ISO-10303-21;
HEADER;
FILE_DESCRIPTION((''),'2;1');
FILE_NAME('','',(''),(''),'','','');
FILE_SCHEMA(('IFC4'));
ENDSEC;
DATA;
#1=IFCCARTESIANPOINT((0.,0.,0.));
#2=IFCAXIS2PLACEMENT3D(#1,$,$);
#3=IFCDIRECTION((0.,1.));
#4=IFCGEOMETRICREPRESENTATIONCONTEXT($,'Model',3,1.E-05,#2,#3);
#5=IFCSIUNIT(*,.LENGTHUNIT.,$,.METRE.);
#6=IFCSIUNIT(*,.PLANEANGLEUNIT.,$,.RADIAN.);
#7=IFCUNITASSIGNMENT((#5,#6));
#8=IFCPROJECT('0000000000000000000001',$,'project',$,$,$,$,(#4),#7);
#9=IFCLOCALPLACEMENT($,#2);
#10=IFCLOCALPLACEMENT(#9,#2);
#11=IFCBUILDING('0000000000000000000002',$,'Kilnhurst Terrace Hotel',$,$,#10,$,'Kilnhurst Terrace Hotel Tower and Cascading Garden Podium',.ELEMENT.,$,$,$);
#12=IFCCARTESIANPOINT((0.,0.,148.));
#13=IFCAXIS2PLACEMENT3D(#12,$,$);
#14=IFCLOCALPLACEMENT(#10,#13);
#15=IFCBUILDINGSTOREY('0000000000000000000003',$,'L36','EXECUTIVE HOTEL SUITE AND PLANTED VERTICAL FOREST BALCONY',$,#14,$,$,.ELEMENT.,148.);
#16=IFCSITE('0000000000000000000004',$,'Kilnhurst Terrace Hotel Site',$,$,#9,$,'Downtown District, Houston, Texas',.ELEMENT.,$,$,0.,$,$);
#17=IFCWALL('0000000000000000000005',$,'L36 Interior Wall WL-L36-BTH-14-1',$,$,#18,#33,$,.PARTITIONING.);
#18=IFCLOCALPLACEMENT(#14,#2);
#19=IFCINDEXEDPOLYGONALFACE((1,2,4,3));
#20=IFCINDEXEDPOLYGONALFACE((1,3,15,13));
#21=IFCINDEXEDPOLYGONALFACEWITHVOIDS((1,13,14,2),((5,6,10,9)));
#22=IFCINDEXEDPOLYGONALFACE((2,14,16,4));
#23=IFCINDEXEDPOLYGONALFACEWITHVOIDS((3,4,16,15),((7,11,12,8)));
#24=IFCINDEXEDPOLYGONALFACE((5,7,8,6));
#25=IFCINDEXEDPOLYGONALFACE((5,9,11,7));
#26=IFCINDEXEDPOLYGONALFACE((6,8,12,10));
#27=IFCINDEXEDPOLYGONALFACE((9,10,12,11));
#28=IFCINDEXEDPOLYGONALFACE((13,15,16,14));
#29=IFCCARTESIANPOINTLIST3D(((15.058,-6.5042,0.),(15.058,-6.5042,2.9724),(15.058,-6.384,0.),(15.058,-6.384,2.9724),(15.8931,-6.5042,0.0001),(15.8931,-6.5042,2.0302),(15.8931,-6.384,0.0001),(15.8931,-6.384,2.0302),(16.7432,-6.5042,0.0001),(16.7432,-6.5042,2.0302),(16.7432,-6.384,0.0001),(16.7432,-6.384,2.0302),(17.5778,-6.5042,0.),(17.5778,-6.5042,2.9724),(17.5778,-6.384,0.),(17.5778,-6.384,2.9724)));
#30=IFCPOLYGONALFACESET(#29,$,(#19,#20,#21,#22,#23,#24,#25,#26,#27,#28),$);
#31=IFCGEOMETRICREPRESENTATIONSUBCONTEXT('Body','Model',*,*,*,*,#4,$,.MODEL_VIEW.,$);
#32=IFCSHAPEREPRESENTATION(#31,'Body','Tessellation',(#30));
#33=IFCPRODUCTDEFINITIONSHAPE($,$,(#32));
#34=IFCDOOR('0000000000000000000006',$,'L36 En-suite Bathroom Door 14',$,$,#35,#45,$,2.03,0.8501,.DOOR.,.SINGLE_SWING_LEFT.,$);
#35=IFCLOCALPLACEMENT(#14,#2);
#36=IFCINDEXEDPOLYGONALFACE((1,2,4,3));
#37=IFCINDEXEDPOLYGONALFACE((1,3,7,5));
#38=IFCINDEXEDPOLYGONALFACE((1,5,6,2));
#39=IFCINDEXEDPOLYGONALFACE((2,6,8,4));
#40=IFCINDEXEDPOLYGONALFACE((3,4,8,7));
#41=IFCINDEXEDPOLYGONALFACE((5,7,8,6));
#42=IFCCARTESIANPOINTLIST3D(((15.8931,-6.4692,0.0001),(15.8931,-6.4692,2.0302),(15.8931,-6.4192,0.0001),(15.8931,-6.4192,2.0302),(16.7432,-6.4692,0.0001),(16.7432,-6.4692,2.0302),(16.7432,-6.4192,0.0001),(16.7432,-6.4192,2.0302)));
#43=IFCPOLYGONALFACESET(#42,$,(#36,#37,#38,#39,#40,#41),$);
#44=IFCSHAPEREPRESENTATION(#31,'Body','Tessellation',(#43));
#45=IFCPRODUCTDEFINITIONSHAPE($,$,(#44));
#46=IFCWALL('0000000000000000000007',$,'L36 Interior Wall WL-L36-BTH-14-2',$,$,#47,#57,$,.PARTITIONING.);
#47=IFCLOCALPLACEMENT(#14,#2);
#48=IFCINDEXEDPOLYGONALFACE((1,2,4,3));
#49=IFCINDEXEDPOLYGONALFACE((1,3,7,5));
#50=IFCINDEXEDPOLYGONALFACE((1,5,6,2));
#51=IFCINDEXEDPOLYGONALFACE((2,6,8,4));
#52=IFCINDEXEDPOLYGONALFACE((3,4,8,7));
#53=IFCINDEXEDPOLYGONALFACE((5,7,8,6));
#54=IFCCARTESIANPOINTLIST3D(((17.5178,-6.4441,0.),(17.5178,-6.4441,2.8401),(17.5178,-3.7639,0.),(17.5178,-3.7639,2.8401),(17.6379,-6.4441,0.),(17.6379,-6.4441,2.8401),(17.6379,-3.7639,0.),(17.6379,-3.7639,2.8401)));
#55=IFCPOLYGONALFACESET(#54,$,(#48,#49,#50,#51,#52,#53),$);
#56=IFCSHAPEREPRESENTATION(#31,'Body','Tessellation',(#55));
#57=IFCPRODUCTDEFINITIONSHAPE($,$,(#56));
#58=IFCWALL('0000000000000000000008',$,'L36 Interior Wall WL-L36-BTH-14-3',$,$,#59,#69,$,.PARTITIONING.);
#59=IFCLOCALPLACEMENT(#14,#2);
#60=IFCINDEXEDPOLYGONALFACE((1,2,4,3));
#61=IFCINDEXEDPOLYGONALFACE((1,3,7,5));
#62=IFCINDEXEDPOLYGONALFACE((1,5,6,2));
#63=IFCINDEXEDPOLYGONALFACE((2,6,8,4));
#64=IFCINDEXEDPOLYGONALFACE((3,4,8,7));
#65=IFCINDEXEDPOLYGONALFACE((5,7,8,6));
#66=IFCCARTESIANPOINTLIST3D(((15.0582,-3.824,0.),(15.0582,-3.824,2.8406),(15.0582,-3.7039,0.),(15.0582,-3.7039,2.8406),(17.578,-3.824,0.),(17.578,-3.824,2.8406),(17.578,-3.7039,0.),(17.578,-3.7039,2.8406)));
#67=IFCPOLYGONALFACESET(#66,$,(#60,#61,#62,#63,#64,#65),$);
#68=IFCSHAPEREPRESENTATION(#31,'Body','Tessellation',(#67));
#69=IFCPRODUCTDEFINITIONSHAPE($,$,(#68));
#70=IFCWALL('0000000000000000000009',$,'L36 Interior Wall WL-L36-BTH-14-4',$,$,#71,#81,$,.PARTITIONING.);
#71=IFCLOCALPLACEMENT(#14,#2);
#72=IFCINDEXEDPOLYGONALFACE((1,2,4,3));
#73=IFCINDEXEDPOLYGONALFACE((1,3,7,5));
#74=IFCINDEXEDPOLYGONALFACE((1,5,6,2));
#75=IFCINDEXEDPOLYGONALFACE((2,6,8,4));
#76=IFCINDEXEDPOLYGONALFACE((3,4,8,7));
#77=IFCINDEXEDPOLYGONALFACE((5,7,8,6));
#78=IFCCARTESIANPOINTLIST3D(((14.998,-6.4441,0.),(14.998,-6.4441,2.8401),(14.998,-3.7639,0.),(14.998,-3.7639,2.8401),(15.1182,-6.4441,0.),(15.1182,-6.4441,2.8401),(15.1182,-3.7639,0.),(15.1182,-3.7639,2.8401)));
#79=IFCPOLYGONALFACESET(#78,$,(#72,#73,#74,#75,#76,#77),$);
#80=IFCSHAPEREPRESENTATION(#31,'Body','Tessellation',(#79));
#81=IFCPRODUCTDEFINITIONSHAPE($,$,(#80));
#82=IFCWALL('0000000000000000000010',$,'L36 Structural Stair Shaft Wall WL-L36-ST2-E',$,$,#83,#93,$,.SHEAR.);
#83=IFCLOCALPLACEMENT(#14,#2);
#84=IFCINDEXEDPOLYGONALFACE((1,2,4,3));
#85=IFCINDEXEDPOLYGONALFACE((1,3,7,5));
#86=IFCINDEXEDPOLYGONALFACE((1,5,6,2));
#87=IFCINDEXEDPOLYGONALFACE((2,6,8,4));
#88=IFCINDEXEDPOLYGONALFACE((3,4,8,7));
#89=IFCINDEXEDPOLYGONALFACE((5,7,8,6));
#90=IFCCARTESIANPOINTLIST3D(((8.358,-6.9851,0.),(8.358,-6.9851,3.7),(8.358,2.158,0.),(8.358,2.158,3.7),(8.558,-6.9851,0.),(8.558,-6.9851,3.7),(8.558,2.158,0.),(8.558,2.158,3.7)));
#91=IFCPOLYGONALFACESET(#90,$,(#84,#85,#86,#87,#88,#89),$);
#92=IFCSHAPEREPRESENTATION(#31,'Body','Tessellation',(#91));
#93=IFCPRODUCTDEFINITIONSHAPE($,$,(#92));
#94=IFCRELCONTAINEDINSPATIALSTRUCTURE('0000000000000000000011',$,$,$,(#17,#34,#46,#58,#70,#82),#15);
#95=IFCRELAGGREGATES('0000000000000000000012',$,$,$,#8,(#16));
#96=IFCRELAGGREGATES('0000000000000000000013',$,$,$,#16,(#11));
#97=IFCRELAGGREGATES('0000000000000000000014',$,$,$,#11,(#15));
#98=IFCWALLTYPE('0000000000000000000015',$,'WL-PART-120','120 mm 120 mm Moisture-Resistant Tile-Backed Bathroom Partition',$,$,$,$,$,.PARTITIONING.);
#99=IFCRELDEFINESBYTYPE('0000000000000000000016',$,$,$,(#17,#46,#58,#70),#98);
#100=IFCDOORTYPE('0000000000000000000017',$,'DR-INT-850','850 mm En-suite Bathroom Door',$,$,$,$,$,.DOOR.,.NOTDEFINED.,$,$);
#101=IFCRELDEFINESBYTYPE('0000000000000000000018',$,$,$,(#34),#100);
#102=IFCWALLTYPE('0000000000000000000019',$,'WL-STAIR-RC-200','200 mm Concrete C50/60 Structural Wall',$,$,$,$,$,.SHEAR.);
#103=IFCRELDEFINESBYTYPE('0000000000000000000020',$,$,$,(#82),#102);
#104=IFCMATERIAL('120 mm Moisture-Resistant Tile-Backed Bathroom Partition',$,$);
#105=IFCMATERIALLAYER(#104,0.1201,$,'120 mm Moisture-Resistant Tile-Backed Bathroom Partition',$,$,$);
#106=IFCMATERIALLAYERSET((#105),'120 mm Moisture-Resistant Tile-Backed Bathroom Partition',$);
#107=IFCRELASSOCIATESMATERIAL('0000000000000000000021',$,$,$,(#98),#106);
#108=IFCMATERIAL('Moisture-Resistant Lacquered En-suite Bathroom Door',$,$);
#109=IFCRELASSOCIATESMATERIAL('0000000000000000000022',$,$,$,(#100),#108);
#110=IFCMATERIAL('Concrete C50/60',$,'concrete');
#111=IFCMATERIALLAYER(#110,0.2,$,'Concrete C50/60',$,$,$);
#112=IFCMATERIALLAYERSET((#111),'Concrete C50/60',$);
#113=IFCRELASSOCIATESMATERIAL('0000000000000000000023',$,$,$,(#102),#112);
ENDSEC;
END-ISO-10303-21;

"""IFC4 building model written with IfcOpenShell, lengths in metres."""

from ifc_helpers import new_model, si_unit, direction, frame, frame_2d, origin, place, context, subcontext, project, spatial, rectangle, extrude, material, layer, layer_set, type_object, element, fill, save


model = new_model("IFC4")

# Units and contexts
model_context = context("Model", 3, precision=1e-05, world=origin(), true_north=direction((0.0, 1.0)))
body_context = subcontext(model_context, "Body", "Model", "MODEL_VIEW")
ifc_project = project(units=[si_unit("LENGTHUNIT", "METRE"), si_unit("PLANEANGLEUNIT", "RADIAN")], contexts=[model_context])

# Site, building, storey
site_placement = place(None, origin())
site = spatial("IfcSite", under=ifc_project, at=site_placement, Name="Kilnhurst Terrace Hotel Site", LongName="Downtown District, Houston, Texas", CompositionType="ELEMENT", RefElevation=0.0)
building_placement = place(site_placement, origin())
building = spatial("IfcBuilding", under=site, at=building_placement, Name="Kilnhurst Terrace Hotel", LongName="Kilnhurst Terrace Hotel Tower and Cascading Garden Podium", CompositionType="ELEMENT")
storey_placement = place(building_placement, frame((0.0, 0.0, 148.0)))
storey = spatial("IfcBuildingStorey", under=building, at=storey_placement, Name="L36", Description="EXECUTIVE HOTEL SUITE AND PLANTED VERTICAL FOREST BALCONY", CompositionType="ELEMENT", Elevation=148.0)

# Shared definitions
ifc_material_1 = material(Name="Concrete C50/60", Category="concrete")

# Wall, opening, door
ifc_material_2 = material(Name="120 mm Moisture-Resistant Tile-Backed Bathroom Partition")
ifc_layer_1 = layer(ifc_material_2, 0.1201, Name="120 mm Moisture-Resistant Tile-Backed Bathroom Partition")
ifc_layer_set_1 = layer_set([ifc_layer_1], Name="120 mm Moisture-Resistant Tile-Backed Bathroom Partition")
wall_type_1 = type_object("IfcWallType", Name="WL-PART-120", Description="120 mm 120 mm Moisture-Resistant Tile-Backed Bathroom Partition", PredefinedType="PARTITIONING", material=ifc_layer_set_1)
wall_1_placement = place(storey_placement, frame((15.0581, -6.4441, 0.0), z_axis=(0.0, 0.0, 1.0), x_axis=(1.0, 0.0, 0.0)))
wall_1 = element("IfcWall", 1, at=wall_1_placement, inside=storey, type_object=wall_type_1, Name="L36 Interior Wall WL-L36-BTH-14-1", PredefinedType="PARTITIONING", context=body_context, shape_type="SweptSolid", body=[
    extrude(rectangle(XDim=2.5198, YDim=0.1201, at=frame_2d((1.2598, 0.0))), origin(), (0.0, 0.0, 1.0), 2.9724),
])
opening_1_placement = place(wall_1_placement, frame((0.835, 0.0, 0.0)))
opening_1 = element("IfcOpeningElement", 2, at=opening_1_placement, cuts=wall_1, PredefinedType="OPENING", context=body_context, shape_type="SweptSolid", body=[
    extrude(rectangle(XDim=0.8501, YDim=2.03, at=frame_2d((0.425, 1.0151))), frame((0.0, 0.0701, 0.0), z_axis=(0.0, -1.0, 0.0), x_axis=(1.0, 0.0, 0.0)), (0.0, 0.0, 1.0), 0.1401),
])
ifc_material_3 = material(Name="Moisture-Resistant Lacquered En-suite Bathroom Door")
door_type_1 = type_object("IfcDoorType", Name="DR-INT-850", Description="850 mm En-suite Bathroom Door", OperationType="NOTDEFINED", PredefinedType="DOOR", material=ifc_material_3)
door_1_placement = place(opening_1_placement, origin())
door_1 = element("IfcDoor", 3, at=door_1_placement, inside=storey, type_object=door_type_1, Name="L36 En-suite Bathroom Door 14", OperationType="SINGLE_SWING_LEFT", OverallHeight=2.03, OverallWidth=0.8501, PredefinedType="DOOR", context=body_context, shape_type="SweptSolid", body=[
    extrude(rectangle(XDim=0.8501, YDim=2.03, at=frame_2d((0.425, 1.0151))), frame((0.0, 0.0249, 0.0), z_axis=(0.0, -1.0, 0.0), x_axis=(1.0, 0.0, 0.0)), (0.0, 0.0, 1.0), 0.05),
])
fill(opening_1, door_1)

# Walls
wall_2_placement = place(storey_placement, frame((17.5779, -6.4441, 0.0), z_axis=(0.0, 0.0, 1.0), x_axis=(0.0, 1.0, 0.0)))
element("IfcWall", 4, at=wall_2_placement, inside=storey, type_object=wall_type_1, Name="L36 Interior Wall WL-L36-BTH-14-2", PredefinedType="PARTITIONING", context=body_context, shape_type="SweptSolid", body=[
    extrude(rectangle(XDim=2.6802, YDim=0.1201, at=frame_2d((1.3401, 0.0))), origin(), (0.0, 0.0, 1.0), 2.8401),
])
wall_3_placement = place(storey_placement, frame((17.5779, -3.7639, 0.0), z_axis=(0.0, 0.0, 1.0), x_axis=(-1.0, 0.0, 0.0)))
element("IfcWall", 5, at=wall_3_placement, inside=storey, type_object=wall_type_1, Name="L36 Interior Wall WL-L36-BTH-14-3", PredefinedType="PARTITIONING", context=body_context, shape_type="SweptSolid", body=[
    extrude(rectangle(XDim=2.5198, YDim=0.1201, at=frame_2d((1.2598, 0.0))), origin(), (0.0, 0.0, 1.0), 2.8406),
])
wall_4_placement = place(storey_placement, frame((15.0581, -3.7639, 0.0), z_axis=(0.0, 0.0, 1.0), x_axis=(0.0, -1.0, 0.0)))
element("IfcWall", 6, at=wall_4_placement, inside=storey, type_object=wall_type_1, Name="L36 Interior Wall WL-L36-BTH-14-4", PredefinedType="PARTITIONING", context=body_context, shape_type="SweptSolid", body=[
    extrude(rectangle(XDim=2.6802, YDim=0.1201, at=frame_2d((1.3401, 0.0))), origin(), (0.0, 0.0, 1.0), 2.8401),
])
ifc_layer_2 = layer(ifc_material_1, 0.2, Name="Concrete C50/60")
ifc_layer_set_2 = layer_set([ifc_layer_2], Name="Concrete C50/60")
wall_type_2 = type_object("IfcWallType", Name="WL-STAIR-RC-200", Description="200 mm Concrete C50/60 Structural Wall", PredefinedType="SHEAR", material=ifc_layer_set_2)
wall_5_placement = place(storey_placement, frame((8.458, -6.9851, 0.0), z_axis=(0.0, 0.0, 1.0), x_axis=(0.0, 1.0, 0.0)))
element("IfcWall", 7, at=wall_5_placement, inside=storey, type_object=wall_type_2, Name="L36 Structural Stair Shaft Wall WL-L36-ST2-E", PredefinedType="SHEAR", context=body_context, shape_type="SweptSolid", body=[
    extrude(rectangle(XDim=9.1431, YDim=0.2, at=frame_2d((4.5715, 0.0))), origin(), (0.0, 0.0, 1.0), 3.7),
])

save(model, "model.ifc")
